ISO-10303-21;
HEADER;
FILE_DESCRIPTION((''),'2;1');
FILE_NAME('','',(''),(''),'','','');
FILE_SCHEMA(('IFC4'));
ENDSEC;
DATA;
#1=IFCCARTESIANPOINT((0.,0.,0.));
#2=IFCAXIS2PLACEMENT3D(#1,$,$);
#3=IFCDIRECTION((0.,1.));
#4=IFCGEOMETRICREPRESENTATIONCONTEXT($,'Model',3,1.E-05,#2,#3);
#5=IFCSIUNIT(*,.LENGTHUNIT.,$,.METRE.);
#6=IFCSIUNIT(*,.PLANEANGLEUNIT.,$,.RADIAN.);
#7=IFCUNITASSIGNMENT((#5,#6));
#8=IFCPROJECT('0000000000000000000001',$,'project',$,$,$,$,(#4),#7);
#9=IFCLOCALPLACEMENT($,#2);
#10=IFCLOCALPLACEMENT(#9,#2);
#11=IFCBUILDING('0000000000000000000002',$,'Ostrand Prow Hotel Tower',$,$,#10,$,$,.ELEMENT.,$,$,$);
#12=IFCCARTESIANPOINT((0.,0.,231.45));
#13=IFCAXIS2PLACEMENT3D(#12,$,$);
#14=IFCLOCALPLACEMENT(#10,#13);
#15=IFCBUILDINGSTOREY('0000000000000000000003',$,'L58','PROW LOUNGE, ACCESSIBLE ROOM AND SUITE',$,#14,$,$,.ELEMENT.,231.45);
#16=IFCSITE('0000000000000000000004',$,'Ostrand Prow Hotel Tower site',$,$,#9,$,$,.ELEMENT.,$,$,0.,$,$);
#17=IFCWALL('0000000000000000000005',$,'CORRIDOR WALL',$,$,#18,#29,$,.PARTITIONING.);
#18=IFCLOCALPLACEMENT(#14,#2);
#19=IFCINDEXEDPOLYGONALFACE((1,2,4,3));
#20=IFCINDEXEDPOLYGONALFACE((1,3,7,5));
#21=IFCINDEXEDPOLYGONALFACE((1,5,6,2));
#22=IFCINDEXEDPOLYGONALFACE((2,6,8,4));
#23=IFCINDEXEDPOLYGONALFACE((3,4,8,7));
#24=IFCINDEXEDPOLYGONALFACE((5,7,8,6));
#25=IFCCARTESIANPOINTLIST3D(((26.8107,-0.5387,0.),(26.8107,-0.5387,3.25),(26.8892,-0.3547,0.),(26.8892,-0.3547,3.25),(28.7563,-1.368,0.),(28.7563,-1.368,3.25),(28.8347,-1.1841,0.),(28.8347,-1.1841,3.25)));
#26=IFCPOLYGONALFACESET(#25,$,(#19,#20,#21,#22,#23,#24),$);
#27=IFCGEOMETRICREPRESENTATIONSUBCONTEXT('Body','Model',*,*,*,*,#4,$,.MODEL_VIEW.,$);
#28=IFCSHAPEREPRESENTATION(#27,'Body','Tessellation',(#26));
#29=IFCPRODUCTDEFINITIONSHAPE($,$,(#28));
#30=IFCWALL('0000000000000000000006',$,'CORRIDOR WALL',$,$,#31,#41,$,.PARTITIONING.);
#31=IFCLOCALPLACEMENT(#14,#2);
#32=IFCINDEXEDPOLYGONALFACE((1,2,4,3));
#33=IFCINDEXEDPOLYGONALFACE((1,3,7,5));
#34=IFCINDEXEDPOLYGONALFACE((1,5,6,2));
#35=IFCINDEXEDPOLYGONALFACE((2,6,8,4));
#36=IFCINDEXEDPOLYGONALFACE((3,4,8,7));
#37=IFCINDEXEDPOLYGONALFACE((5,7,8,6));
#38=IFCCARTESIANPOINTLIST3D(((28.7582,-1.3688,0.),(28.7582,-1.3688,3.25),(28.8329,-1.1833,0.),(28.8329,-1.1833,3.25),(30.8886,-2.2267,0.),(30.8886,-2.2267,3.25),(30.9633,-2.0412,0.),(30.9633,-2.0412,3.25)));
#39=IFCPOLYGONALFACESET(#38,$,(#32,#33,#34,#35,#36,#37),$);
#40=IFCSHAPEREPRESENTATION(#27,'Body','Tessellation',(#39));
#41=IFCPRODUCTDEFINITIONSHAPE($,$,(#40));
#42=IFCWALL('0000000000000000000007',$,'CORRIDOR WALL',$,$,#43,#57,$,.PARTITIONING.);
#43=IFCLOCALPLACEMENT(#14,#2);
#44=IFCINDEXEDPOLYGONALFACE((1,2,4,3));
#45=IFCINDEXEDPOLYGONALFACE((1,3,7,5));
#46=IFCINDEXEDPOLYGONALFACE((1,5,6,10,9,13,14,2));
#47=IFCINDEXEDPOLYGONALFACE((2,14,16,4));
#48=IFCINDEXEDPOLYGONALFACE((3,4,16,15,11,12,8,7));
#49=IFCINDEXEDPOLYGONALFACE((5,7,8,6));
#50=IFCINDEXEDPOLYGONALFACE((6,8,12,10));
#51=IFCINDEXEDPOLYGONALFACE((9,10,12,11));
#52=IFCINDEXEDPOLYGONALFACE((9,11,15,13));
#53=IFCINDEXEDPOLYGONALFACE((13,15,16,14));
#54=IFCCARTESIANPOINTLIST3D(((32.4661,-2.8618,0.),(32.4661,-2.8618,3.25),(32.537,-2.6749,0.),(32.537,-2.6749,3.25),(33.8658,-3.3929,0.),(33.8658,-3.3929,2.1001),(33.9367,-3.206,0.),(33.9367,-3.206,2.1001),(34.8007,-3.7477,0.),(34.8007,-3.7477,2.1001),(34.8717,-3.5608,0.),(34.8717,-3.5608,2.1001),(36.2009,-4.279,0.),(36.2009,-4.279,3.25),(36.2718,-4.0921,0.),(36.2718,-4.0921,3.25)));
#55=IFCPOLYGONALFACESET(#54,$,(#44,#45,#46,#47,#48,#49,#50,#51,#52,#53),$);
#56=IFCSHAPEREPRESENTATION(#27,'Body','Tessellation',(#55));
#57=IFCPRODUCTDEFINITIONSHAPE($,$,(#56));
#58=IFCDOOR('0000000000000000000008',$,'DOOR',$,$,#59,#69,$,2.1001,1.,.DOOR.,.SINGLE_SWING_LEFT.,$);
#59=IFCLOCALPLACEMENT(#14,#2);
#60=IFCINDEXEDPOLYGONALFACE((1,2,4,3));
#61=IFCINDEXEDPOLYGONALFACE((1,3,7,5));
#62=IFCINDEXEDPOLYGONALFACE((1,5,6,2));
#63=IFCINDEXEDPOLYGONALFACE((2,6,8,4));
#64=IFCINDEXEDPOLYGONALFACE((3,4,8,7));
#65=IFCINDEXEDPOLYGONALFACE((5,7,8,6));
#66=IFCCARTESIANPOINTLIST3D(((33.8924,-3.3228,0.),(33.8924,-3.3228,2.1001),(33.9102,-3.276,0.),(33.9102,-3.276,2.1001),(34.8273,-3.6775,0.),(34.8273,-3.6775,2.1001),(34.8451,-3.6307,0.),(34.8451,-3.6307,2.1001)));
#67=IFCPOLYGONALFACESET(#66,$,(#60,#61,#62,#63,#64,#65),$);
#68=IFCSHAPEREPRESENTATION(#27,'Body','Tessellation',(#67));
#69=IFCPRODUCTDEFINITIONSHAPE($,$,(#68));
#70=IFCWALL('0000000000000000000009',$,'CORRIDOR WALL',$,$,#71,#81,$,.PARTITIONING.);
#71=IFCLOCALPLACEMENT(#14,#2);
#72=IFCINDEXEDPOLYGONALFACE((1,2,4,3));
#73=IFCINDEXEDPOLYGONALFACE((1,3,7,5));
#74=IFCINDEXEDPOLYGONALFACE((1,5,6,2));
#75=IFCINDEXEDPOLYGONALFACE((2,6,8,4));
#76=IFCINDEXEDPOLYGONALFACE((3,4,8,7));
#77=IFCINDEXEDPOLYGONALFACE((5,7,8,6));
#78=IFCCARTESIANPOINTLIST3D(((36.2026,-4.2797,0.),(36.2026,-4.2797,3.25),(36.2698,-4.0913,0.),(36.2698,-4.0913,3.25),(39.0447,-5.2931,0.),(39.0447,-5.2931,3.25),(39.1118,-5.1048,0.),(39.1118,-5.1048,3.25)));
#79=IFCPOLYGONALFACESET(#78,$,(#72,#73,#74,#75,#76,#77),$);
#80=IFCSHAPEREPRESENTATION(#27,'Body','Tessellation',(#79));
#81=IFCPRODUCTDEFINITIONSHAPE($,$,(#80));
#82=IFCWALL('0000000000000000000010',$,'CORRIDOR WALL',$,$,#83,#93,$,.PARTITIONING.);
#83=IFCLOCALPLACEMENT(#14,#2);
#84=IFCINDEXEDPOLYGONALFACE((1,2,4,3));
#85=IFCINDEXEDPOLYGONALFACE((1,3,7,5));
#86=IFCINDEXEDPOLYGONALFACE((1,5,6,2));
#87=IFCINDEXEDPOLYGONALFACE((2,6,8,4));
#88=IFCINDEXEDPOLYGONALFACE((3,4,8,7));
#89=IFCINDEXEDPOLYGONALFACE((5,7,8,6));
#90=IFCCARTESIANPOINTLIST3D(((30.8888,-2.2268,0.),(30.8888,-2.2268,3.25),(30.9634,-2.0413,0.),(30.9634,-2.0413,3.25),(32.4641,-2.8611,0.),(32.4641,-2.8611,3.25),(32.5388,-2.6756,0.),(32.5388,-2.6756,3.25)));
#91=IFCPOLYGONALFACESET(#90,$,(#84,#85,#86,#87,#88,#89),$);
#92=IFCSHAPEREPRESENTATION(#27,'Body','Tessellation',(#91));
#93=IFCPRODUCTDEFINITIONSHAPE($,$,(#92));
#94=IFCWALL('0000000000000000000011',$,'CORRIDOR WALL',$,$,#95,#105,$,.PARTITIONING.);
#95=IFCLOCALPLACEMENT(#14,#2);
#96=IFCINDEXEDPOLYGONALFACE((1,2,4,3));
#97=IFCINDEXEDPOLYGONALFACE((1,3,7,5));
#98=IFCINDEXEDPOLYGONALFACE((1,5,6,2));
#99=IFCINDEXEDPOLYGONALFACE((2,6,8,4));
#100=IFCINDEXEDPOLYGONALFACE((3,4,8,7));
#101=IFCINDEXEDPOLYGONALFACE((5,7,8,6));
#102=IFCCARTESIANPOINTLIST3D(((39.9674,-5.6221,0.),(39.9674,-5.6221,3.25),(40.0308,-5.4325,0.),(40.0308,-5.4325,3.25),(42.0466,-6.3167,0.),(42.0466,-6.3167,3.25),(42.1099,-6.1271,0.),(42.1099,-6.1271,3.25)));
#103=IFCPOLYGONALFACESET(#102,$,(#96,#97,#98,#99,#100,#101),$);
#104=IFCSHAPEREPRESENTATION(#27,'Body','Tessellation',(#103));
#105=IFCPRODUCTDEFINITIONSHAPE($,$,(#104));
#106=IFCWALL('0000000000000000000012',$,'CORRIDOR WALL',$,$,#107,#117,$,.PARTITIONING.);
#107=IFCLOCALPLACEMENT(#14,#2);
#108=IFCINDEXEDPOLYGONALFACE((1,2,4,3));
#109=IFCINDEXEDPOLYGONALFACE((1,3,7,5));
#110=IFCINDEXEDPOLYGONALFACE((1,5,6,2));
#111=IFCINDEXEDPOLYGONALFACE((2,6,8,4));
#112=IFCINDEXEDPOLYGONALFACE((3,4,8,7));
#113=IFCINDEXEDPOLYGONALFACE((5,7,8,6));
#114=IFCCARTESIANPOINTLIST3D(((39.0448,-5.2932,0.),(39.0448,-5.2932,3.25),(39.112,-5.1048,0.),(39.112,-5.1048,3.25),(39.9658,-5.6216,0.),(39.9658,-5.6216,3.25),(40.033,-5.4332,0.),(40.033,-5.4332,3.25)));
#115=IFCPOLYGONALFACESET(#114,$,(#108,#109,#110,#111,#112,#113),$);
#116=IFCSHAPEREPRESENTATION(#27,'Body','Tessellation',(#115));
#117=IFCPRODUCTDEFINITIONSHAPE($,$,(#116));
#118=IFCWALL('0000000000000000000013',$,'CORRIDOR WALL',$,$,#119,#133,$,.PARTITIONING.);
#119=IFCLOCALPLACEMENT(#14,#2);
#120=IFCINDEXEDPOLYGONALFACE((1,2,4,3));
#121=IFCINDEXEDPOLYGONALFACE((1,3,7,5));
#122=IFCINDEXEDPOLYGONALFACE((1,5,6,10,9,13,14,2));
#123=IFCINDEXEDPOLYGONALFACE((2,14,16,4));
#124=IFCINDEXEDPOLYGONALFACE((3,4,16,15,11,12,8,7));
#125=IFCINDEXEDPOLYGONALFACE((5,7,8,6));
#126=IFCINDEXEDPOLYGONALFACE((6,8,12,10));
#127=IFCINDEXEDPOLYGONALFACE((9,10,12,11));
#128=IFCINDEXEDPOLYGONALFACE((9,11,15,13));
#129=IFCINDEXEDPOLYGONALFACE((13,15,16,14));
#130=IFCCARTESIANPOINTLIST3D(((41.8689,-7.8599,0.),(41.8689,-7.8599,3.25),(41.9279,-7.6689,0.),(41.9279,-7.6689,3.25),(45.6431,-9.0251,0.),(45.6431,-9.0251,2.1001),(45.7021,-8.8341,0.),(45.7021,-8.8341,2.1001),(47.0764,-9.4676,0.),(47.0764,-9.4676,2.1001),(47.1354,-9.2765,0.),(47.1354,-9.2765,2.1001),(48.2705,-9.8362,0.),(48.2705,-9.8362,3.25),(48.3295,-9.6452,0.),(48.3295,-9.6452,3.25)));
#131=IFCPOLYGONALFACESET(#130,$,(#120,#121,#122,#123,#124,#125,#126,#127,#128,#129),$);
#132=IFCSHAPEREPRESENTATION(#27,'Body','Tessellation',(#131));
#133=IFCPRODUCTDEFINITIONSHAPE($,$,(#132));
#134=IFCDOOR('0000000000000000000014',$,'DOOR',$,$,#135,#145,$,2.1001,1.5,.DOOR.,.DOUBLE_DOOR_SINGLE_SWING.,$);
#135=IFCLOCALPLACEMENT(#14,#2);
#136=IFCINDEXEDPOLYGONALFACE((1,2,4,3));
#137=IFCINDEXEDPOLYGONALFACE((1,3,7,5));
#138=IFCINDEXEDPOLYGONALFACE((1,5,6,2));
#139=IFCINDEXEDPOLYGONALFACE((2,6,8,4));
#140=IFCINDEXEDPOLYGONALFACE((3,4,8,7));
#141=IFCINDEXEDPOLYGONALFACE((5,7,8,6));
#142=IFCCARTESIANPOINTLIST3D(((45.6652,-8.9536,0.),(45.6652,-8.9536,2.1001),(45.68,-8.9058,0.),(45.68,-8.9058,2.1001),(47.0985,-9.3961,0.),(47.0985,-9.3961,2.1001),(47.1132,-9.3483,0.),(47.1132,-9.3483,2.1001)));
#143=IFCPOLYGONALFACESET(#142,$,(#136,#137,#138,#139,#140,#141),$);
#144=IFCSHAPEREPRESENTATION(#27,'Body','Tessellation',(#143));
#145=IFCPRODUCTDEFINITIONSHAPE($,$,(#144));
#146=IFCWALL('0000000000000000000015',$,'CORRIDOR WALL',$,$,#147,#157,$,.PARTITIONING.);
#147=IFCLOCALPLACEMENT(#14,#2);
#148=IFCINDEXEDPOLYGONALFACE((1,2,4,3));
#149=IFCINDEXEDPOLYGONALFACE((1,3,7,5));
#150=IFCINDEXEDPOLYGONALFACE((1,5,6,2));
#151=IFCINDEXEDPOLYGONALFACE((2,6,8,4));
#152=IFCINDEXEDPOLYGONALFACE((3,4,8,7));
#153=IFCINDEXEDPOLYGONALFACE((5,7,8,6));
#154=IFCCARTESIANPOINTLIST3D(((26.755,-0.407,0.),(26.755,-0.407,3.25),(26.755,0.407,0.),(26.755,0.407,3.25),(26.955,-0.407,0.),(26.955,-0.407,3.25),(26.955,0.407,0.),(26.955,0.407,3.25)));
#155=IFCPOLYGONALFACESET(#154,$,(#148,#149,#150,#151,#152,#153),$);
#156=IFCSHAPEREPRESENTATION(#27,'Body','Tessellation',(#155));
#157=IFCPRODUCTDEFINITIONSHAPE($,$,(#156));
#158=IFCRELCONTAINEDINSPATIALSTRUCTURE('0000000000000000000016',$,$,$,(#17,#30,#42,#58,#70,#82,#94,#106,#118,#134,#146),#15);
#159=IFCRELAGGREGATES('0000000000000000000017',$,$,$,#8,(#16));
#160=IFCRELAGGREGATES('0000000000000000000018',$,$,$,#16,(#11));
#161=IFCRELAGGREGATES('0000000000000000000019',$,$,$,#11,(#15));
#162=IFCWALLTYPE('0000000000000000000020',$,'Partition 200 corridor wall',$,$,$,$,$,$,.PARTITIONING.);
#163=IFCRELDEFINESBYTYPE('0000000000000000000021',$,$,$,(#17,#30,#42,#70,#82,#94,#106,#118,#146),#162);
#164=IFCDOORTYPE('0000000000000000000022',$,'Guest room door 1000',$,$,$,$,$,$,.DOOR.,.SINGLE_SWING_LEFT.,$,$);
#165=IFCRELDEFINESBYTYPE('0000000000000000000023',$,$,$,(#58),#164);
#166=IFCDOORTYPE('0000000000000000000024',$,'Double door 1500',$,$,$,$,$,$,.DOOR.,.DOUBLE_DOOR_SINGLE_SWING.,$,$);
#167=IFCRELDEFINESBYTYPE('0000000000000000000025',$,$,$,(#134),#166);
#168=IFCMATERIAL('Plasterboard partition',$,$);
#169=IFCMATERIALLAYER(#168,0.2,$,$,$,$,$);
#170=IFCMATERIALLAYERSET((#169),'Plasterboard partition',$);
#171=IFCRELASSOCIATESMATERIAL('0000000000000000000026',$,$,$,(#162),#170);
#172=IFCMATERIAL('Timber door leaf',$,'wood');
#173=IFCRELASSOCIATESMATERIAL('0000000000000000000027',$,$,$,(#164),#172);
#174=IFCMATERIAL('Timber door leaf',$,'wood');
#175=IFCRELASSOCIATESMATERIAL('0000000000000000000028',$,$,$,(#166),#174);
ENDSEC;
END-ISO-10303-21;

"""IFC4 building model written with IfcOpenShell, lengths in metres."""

from ifc_helpers import new_model, si_unit, direction, frame, frame_2d, origin, place, context, subcontext, project, spatial, rectangle, extrude, material, layer, layer_set, type_object, element, fill, save


model = new_model("IFC4")

# Units and contexts
model_context = context("Model", 3, precision=1e-05, world=origin(), true_north=direction((0.0, 1.0)))
body_context = subcontext(model_context, "Body", "Model", "MODEL_VIEW")
ifc_project = project(units=[si_unit("LENGTHUNIT", "METRE"), si_unit("PLANEANGLEUNIT", "RADIAN")], contexts=[model_context])

# Site, building, storey
site_placement = place(None, origin())
site = spatial("IfcSite", under=ifc_project, at=site_placement, Name="Ostrand Prow Hotel Tower site", CompositionType="ELEMENT", RefElevation=0.0)
building_placement = place(site_placement, origin())
building = spatial("IfcBuilding", under=site, at=building_placement, Name="Ostrand Prow Hotel Tower", CompositionType="ELEMENT")
storey_placement = place(building_placement, frame((0.0, 0.0, 231.45)))
storey = spatial("IfcBuildingStorey", under=building, at=storey_placement, Name="L58", Description="PROW LOUNGE, ACCESSIBLE ROOM AND SUITE", CompositionType="ELEMENT", Elevation=231.45)

# Shared definitions
ifc_material_1 = material(Name="Plasterboard partition")
ifc_layer_1 = layer(ifc_material_1, 0.2)
ifc_layer_set_1 = layer_set([ifc_layer_1], Name="Plasterboard partition")
wall_type_1 = type_object("IfcWallType", Name="Partition 200 corridor wall", PredefinedType="PARTITIONING", material=ifc_layer_set_1)
ifc_material_2 = material(Name="Timber door leaf", Category="wood")
door_type_1 = type_object("IfcDoorType", Name="Guest room door 1000", OperationType="SINGLE_SWING_LEFT", PredefinedType="DOOR", material=ifc_material_2)

# Walls
wall_1_placement = place(storey_placement, frame((28.7957, -1.2761, 0.0), z_axis=(0.0, 0.0, 1.0), x_axis=(-0.919908, 0.392135, 0.0)))
element("IfcWall", 1, at=wall_1_placement, inside=storey, type_object=wall_type_1, Name="CORRIDOR WALL", PredefinedType="PARTITIONING", context=body_context, shape_type="SweptSolid", body=[
    extrude(rectangle(XDim=2.115, YDim=0.2, at=frame_2d((1.0576, 0.0))), origin(), (0.0, 0.0, 1.0), 3.25),
])
wall_2_placement = place(storey_placement, frame((30.926, -2.134, 0.0), z_axis=(0.0, 0.0, 1.0), x_axis=(-0.927609, 0.373552, 0.0)))
element("IfcWall", 2, at=wall_2_placement, inside=storey, type_object=wall_type_1, Name="CORRIDOR WALL", PredefinedType="PARTITIONING", context=body_context, shape_type="SweptSolid", body=[
    extrude(rectangle(XDim=2.2966, YDim=0.2, at=frame_2d((1.1484, 0.0))), origin(), (0.0, 0.0, 1.0), 3.25),
])

# Wall, opening, door
wall_3_placement = place(storey_placement, frame((36.2363, -4.1855, 0.0), z_axis=(0.0, 0.0, 1.0), x_axis=(-0.934951, 0.354778, 0.0)))
wall_3 = element("IfcWall", 3, at=wall_3_placement, inside=storey, type_object=wall_type_1, Name="CORRIDOR WALL", PredefinedType="PARTITIONING", context=body_context, shape_type="SweptSolid", body=[
    extrude(rectangle(XDim=3.9946, YDim=0.2, at=frame_2d((1.9973, 0.0))), origin(), (0.0, 0.0, 1.0), 3.25),
])
opening_1_placement = place(wall_3_placement, frame((1.4976, 0.0, 0.0)))
opening_1 = element("IfcOpeningElement", 4, at=opening_1_placement, cuts=wall_3, PredefinedType="OPENING", context=body_context, shape_type="SweptSolid", body=[
    extrude(rectangle(XDim=1.0, YDim=2.1001, at=frame_2d((0.5, 1.05))), frame((0.0, 0.1099, 0.0), z_axis=(0.0, -1.0, 0.0), x_axis=(1.0, 0.0, 0.0)), (0.0, 0.0, 1.0), 0.22),
])
door_1_placement = place(opening_1_placement, origin())
door_1 = element("IfcDoor", 5, at=door_1_placement, inside=storey, type_object=door_type_1, Name="DOOR", OperationType="SINGLE_SWING_LEFT", OverallHeight=2.1001, OverallWidth=1.0, PredefinedType="DOOR", context=body_context, shape_type="SweptSolid", body=[
    extrude(rectangle(XDim=1.0, YDim=2.1001, at=frame_2d((0.5, 1.05))), frame((0.0, 0.0249, 0.0), z_axis=(0.0, -1.0, 0.0), x_axis=(1.0, 0.0, 0.0)), (0.0, 0.0, 1.0), 0.05),
])
fill(opening_1, door_1)

# Walls
wall_4_placement = place(storey_placement, frame((39.0784, -5.199, 0.0), z_axis=(0.0, 0.0, 1.0), x_axis=(-0.941908, 0.33587, 0.0)))
element("IfcWall", 6, at=wall_4_placement, inside=storey, type_object=wall_type_1, Name="CORRIDOR WALL", PredefinedType="PARTITIONING", context=body_context, shape_type="SweptSolid", body=[
    extrude(rectangle(XDim=3.0173, YDim=0.2, at=frame_2d((1.5088, 0.0))), origin(), (0.0, 0.0, 1.0), 3.25),
])
wall_5_placement = place(storey_placement, frame((32.5015, -2.7683, 0.0), z_axis=(0.0, 0.0, 1.0), x_axis=(-0.927642, 0.373472, 0.0)))
element("IfcWall", 7, at=wall_5_placement, inside=storey, type_object=wall_type_1, Name="CORRIDOR WALL", PredefinedType="PARTITIONING", context=body_context, shape_type="SweptSolid", body=[
    extrude(rectangle(XDim=1.6982, YDim=0.2, at=frame_2d((0.8491, 0.0))), origin(), (0.0, 0.0, 1.0), 3.25),
])
wall_6_placement = place(storey_placement, frame((42.0784, -6.2219, 0.0), z_axis=(0.0, 0.0, 1.0), x_axis=(-0.948471, 0.316863, 0.0)))
element("IfcWall", 8, at=wall_6_placement, inside=storey, type_object=wall_type_1, Name="CORRIDOR WALL", PredefinedType="PARTITIONING", context=body_context, shape_type="SweptSolid", body=[
    extrude(rectangle(XDim=2.1921, YDim=0.2, at=frame_2d((1.0962, 0.0))), origin(), (0.0, 0.0, 1.0), 3.25),
])
wall_7_placement = place(storey_placement, frame((39.9993, -5.5273, 0.0), z_axis=(0.0, 0.0, 1.0), x_axis=(-0.941911, 0.335862, 0.0)))
element("IfcWall", 9, at=wall_7_placement, inside=storey, type_object=wall_type_1, Name="CORRIDOR WALL", PredefinedType="PARTITIONING", context=body_context, shape_type="SweptSolid", body=[
    extrude(rectangle(XDim=0.9778, YDim=0.2, at=frame_2d((0.4888, 0.0))), origin(), (0.0, 0.0, 1.0), 3.25),
])

# Wall, opening, door
wall_8_placement = place(storey_placement, frame((41.8984, -7.7644, 0.0), z_axis=(0.0, 0.0, 1.0), x_axis=(0.955502, -0.294985, 0.0)))
wall_8 = element("IfcWall", 10, at=wall_8_placement, inside=storey, type_object=wall_type_1, Name="CORRIDOR WALL", PredefinedType="PARTITIONING", context=body_context, shape_type="SweptSolid", body=[
    extrude(rectangle(XDim=6.6997, YDim=0.2, at=frame_2d((3.3499, 0.0))), origin(), (0.0, 0.0, 1.0), 3.25),
])
opening_2_placement = place(wall_8_placement, frame((3.95, 0.0, 0.0)))
opening_2 = element("IfcOpeningElement", 11, at=opening_2_placement, cuts=wall_8, PredefinedType="OPENING", context=body_context, shape_type="SweptSolid", body=[
    extrude(rectangle(XDim=1.5, YDim=2.1001, at=frame_2d((0.75, 1.05))), frame((0.0, 0.1099, 0.0), z_axis=(0.0, -1.0, 0.0), x_axis=(1.0, 0.0, 0.0)), (0.0, 0.0, 1.0), 0.22),
])
ifc_material_3 = material(Name="Timber door leaf", Category="wood")
door_type_2 = type_object("IfcDoorType", Name="Double door 1500", OperationType="DOUBLE_DOOR_SINGLE_SWING", PredefinedType="DOOR", material=ifc_material_3)
door_2_placement = place(opening_2_placement, origin())
door_2 = element("IfcDoor", 12, at=door_2_placement, inside=storey, type_object=door_type_2, Name="DOOR", OperationType="DOUBLE_DOOR_SINGLE_SWING", OverallHeight=2.1001, OverallWidth=1.5, PredefinedType="DOOR", context=body_context, shape_type="SweptSolid", body=[
    extrude(rectangle(XDim=1.5, YDim=2.1001, at=frame_2d((0.75, 1.05))), frame((0.0, 0.0249, 0.0), z_axis=(0.0, -1.0, 0.0), x_axis=(1.0, 0.0, 0.0)), (0.0, 0.0, 1.0), 0.05),
])
fill(opening_2, door_2)

# Wall
wall_9_placement = place(storey_placement, frame((26.855, -0.407, 0.0), z_axis=(0.0, 0.0, 1.0), x_axis=(0.0, 1.0, 0.0)))
element("IfcWall", 13, at=wall_9_placement, inside=storey, type_object=wall_type_1, Name="CORRIDOR WALL", PredefinedType="PARTITIONING", context=body_context, shape_type="SweptSolid", body=[
    extrude(rectangle(XDim=0.814, YDim=0.2, at=frame_2d((0.407, 0.0))), origin(), (0.0, 0.0, 1.0), 3.25),
])

save(model, "model.ifc")
